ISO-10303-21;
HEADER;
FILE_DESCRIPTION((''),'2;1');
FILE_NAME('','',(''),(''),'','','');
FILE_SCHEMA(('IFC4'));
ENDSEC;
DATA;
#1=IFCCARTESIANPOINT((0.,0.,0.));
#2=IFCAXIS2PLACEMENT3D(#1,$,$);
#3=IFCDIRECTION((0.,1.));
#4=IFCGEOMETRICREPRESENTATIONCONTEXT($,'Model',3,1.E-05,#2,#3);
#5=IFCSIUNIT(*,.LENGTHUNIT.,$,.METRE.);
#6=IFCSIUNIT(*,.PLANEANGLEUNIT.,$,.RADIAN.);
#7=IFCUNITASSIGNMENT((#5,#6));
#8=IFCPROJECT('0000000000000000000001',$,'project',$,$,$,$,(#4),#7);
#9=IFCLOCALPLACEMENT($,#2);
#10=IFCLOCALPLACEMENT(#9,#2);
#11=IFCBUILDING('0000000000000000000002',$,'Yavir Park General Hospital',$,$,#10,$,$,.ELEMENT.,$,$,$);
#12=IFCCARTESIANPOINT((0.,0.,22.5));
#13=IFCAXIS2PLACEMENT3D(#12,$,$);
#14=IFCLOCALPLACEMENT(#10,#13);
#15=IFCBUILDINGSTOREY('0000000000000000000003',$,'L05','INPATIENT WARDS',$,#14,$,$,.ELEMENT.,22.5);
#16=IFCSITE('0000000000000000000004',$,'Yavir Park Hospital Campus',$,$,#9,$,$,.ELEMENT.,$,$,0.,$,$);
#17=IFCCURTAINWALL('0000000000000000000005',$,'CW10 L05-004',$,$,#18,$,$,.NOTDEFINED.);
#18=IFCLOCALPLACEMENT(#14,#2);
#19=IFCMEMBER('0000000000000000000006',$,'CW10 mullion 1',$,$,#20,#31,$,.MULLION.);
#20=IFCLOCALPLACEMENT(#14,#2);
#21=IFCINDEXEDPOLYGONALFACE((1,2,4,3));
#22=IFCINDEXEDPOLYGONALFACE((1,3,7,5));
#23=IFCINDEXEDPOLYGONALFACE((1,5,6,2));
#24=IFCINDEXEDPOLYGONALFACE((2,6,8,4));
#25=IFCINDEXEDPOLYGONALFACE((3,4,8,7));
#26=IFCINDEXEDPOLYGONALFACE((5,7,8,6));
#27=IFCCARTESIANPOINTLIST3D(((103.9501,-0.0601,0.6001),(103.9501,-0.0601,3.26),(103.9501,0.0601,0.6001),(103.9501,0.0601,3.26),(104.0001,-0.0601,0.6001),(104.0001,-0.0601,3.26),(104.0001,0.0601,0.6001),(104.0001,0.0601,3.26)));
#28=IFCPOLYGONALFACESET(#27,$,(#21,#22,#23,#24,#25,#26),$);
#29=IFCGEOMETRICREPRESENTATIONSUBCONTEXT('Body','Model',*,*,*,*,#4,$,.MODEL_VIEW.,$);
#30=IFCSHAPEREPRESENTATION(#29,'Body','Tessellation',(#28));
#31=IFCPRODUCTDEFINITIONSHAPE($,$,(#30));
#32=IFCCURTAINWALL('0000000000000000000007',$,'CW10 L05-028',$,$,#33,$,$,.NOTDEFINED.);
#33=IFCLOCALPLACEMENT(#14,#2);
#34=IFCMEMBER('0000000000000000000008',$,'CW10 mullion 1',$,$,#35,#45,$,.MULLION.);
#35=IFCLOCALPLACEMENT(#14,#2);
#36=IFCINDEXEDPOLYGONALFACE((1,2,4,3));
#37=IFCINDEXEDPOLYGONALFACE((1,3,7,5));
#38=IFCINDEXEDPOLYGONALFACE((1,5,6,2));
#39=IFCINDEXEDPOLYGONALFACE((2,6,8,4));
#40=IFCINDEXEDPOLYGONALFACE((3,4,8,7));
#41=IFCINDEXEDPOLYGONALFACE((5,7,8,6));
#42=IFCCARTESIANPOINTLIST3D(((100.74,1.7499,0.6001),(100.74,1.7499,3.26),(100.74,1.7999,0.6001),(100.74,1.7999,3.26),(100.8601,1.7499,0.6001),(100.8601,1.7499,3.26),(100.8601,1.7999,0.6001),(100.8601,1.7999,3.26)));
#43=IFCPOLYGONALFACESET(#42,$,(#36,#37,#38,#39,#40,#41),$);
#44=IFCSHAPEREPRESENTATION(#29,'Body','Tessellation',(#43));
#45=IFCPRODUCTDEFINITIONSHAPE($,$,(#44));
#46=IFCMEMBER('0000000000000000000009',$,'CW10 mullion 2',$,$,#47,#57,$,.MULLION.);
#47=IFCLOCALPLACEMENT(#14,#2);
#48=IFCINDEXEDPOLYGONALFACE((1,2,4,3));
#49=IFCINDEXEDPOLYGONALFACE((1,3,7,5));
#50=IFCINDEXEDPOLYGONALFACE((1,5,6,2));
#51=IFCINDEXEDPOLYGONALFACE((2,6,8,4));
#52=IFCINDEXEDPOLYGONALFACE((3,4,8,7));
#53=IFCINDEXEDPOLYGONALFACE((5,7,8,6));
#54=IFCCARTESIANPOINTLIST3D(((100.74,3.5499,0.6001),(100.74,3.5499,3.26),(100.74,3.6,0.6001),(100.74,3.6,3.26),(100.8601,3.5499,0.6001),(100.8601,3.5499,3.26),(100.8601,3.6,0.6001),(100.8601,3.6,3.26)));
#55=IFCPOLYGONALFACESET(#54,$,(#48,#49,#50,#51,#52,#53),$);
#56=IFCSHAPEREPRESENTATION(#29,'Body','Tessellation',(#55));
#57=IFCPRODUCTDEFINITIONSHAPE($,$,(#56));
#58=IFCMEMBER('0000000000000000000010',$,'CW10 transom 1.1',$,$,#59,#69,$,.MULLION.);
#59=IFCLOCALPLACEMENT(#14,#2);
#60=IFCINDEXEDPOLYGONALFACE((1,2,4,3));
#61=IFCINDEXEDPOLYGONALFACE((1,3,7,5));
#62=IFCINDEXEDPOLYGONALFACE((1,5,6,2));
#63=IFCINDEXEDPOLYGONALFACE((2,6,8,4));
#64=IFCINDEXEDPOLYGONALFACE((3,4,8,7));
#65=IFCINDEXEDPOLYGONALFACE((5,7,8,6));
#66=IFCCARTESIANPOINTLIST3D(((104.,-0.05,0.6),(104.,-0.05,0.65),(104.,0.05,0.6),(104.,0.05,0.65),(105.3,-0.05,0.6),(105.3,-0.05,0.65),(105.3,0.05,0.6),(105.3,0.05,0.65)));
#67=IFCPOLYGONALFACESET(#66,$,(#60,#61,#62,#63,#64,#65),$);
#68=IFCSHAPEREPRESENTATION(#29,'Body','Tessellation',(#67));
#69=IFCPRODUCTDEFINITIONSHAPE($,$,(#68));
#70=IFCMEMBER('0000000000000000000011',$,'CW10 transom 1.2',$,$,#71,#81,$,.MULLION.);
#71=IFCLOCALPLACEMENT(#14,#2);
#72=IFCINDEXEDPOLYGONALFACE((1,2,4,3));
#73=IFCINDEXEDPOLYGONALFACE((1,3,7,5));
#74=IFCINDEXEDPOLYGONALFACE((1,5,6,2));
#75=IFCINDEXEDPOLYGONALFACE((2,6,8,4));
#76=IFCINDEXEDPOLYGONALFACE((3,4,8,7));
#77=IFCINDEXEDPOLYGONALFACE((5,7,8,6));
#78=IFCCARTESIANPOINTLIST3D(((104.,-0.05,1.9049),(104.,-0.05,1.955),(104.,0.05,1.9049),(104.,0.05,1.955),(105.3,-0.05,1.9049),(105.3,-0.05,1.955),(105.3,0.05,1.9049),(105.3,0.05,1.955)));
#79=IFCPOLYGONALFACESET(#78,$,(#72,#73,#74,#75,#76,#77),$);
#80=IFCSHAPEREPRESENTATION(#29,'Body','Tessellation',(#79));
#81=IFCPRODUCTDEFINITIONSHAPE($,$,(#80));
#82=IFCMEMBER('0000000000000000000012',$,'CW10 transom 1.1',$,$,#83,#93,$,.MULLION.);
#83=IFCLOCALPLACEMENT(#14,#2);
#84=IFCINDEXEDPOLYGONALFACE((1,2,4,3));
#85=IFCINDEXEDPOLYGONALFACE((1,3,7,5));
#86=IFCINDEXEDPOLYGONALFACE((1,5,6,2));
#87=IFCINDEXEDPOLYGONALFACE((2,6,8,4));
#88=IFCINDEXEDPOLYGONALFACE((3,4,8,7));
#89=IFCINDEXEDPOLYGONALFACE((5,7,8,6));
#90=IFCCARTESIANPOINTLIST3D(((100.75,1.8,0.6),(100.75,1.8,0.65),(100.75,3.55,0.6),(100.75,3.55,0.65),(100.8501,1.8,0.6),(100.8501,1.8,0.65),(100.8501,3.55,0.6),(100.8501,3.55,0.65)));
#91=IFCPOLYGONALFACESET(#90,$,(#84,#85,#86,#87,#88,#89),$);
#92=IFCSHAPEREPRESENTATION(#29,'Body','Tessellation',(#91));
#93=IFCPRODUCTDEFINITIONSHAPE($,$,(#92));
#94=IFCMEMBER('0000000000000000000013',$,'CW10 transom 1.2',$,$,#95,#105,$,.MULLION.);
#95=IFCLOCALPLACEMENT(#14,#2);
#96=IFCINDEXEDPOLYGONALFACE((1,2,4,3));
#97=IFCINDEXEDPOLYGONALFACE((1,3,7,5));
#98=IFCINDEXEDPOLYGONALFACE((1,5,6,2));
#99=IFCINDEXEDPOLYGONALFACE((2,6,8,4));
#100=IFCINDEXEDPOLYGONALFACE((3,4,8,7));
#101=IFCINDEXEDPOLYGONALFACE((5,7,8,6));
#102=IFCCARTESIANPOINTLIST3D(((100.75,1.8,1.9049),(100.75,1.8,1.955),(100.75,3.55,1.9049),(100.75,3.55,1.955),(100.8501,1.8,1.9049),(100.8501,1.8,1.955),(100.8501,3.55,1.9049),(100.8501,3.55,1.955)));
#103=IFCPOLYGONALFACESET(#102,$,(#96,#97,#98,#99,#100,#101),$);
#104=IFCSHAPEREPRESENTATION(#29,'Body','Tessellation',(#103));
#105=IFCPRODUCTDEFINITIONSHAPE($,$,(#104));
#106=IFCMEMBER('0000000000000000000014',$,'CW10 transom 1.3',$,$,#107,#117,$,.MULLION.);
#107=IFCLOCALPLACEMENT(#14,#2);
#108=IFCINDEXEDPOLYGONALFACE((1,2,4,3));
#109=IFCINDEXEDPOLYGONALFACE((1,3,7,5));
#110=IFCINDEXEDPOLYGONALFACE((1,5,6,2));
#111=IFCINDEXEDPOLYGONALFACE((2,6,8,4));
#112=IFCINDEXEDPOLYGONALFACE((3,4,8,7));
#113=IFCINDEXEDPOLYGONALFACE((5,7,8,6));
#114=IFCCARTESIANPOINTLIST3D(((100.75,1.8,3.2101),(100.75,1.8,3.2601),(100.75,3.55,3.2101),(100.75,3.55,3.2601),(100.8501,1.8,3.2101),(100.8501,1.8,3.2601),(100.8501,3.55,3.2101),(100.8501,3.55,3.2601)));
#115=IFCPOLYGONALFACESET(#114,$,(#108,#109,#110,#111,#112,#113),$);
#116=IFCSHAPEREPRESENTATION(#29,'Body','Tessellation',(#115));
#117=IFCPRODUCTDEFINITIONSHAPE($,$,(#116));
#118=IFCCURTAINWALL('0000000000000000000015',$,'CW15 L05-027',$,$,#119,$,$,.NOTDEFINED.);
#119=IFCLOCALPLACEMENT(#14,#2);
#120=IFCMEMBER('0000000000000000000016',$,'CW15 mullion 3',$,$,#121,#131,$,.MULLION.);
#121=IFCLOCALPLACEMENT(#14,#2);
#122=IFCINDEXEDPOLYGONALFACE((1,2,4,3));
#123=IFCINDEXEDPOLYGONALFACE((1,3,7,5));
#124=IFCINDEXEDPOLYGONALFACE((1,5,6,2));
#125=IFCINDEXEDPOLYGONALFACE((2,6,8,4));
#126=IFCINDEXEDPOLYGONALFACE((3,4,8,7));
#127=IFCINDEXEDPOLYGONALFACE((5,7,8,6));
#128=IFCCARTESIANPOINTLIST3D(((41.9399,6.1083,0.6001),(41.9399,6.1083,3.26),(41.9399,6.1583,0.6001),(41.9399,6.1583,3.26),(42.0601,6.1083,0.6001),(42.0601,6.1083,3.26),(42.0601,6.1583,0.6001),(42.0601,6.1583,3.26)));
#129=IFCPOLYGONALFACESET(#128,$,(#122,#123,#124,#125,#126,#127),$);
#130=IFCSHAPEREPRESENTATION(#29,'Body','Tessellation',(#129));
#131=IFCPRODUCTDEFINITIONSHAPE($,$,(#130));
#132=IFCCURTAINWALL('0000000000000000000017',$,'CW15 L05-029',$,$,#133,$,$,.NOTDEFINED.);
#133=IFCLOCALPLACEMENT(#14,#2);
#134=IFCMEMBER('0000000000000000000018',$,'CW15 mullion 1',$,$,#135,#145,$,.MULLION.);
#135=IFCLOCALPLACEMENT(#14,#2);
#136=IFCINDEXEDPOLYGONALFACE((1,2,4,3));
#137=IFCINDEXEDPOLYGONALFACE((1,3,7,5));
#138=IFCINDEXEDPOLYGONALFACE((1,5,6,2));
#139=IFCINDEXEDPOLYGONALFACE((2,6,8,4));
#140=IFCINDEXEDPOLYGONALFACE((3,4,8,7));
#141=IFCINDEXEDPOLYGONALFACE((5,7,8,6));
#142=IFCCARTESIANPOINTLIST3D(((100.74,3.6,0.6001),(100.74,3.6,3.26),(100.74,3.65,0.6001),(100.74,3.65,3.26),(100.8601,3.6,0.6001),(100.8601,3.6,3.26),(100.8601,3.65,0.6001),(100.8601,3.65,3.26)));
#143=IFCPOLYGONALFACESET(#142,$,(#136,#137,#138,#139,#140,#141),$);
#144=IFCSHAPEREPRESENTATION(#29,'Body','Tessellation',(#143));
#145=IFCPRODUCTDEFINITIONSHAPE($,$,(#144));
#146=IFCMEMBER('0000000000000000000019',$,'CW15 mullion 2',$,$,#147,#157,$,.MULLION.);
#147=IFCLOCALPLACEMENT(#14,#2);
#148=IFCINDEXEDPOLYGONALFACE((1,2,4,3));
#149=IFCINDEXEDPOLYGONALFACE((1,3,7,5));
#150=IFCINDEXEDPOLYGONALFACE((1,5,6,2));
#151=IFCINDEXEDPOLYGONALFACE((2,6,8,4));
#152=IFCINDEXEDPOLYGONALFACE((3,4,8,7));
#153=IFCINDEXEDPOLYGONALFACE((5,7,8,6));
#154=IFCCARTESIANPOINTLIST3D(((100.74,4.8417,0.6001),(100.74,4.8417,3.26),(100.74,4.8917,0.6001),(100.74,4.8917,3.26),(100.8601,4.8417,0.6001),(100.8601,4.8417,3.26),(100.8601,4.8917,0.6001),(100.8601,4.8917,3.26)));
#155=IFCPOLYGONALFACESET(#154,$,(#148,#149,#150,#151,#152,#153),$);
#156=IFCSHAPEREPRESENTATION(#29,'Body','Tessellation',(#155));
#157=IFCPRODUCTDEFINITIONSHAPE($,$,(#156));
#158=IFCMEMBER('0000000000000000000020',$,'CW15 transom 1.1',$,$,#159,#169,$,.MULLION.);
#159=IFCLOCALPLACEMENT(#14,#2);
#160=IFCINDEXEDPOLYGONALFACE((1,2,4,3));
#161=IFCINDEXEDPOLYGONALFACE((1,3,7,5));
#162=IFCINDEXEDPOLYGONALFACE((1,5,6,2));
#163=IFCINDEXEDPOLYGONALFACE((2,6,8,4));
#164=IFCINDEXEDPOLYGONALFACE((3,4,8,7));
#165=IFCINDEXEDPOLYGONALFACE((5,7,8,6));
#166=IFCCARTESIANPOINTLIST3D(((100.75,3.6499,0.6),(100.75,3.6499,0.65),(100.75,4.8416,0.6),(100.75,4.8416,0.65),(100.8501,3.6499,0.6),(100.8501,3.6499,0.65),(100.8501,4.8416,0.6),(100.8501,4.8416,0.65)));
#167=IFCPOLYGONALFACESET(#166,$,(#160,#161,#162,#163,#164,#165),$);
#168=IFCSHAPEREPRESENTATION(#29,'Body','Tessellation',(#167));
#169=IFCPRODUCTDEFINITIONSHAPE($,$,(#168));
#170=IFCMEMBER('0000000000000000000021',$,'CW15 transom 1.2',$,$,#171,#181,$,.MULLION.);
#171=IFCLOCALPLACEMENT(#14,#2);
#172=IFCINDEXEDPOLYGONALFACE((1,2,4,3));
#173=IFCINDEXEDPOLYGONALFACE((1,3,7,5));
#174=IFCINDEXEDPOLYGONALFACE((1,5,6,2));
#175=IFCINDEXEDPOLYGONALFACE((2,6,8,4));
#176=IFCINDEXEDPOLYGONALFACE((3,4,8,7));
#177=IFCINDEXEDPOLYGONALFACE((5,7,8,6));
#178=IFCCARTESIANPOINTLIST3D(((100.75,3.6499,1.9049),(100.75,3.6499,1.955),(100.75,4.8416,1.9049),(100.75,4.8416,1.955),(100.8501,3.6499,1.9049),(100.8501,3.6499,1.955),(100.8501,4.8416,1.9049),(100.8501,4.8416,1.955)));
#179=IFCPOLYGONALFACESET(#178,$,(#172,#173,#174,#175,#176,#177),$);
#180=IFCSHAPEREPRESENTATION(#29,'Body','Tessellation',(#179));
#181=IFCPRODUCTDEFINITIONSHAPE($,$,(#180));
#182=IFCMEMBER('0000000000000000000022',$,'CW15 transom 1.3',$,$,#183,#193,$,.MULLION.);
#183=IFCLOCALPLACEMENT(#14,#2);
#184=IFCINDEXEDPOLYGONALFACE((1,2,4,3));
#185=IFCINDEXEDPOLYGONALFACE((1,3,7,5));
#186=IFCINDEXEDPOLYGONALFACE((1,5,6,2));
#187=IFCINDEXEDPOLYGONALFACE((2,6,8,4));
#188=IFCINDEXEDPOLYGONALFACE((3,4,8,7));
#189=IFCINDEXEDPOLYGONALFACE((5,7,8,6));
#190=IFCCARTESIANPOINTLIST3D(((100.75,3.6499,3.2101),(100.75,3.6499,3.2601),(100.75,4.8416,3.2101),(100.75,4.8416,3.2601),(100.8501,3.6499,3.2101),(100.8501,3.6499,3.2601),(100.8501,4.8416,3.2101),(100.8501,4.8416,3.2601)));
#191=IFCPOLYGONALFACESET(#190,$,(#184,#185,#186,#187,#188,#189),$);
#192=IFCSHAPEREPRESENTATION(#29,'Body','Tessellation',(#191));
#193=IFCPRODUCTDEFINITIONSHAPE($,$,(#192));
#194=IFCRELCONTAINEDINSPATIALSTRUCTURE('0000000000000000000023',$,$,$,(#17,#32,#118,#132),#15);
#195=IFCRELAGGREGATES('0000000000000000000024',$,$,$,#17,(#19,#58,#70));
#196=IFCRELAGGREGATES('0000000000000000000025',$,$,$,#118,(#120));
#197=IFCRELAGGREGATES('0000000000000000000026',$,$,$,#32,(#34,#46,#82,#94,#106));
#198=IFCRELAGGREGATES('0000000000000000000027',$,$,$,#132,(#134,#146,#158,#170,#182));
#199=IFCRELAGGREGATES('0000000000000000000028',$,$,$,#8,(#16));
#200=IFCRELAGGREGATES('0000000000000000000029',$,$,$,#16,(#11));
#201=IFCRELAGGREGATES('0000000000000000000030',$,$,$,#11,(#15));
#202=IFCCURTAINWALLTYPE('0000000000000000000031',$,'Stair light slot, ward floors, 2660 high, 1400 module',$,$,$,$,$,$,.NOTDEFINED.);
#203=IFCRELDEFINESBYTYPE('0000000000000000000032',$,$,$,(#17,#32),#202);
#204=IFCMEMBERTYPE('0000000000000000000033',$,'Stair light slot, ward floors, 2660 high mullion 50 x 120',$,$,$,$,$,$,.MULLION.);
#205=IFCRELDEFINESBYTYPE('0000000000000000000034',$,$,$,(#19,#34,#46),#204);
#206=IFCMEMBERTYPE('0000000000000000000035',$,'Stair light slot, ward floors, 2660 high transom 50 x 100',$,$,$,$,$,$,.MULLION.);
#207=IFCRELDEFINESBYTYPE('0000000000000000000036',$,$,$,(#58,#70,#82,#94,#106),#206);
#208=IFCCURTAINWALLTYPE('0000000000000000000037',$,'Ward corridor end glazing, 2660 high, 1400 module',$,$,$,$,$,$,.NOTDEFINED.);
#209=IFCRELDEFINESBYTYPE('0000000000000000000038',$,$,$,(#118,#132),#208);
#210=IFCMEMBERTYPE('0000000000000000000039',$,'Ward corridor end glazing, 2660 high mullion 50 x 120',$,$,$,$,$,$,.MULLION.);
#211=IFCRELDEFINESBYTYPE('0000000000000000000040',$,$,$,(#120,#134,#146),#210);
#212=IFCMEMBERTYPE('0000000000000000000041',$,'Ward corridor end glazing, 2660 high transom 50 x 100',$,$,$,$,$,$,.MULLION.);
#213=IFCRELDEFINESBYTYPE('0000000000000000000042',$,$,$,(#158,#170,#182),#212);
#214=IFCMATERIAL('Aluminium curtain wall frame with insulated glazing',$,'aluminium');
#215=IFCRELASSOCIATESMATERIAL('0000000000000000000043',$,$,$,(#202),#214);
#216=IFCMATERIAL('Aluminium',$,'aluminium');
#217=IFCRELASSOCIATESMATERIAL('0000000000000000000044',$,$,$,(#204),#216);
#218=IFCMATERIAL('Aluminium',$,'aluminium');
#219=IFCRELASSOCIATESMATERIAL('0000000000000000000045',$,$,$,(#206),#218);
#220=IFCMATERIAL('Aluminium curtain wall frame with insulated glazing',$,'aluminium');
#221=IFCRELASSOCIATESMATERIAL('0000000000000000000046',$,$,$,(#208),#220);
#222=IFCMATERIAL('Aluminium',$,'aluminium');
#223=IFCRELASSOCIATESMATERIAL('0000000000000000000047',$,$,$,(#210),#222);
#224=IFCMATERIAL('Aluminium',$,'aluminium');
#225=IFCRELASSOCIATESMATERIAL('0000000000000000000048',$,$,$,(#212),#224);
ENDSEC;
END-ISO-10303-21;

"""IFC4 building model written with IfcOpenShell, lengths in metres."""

from ifc_helpers import new_model, si_unit, direction, frame, origin, origin_2d, place, context, subcontext, project, spatial, rectangle, extrude, material, material_profile, profile_set, type_object, element, aggregate, save


model = new_model("IFC4")

# Units and contexts
model_context = context("Model", 3, precision=1e-05, world=origin(), true_north=direction((0.0, 1.0)))
body_context = subcontext(model_context, "Body", "Model", "MODEL_VIEW")
ifc_project = project(units=[si_unit("LENGTHUNIT", "METRE"), si_unit("PLANEANGLEUNIT", "RADIAN")], contexts=[model_context])

# Site, building, storey
site_placement = place(None, origin())
site = spatial("IfcSite", under=ifc_project, at=site_placement, Name="Yavir Park Hospital Campus", CompositionType="ELEMENT", RefElevation=0.0)
building_placement = place(site_placement, origin())
building = spatial("IfcBuilding", under=site, at=building_placement, Name="Yavir Park General Hospital", CompositionType="ELEMENT")
storey_placement = place(building_placement, frame((0.0, 0.0, 22.5)))
storey = spatial("IfcBuildingStorey", under=building, at=storey_placement, Name="L05", Description="INPATIENT WARDS", CompositionType="ELEMENT", Elevation=22.5)

# Curtain wall, member
ifc_material_1 = material(Name="Aluminium curtain wall frame with insulated glazing", Category="aluminium")
curtain_wall_type_1 = type_object("IfcCurtainWallType", Name="Stair light slot, ward floors, 2660 high, 1400 module", PredefinedType="NOTDEFINED", material=ifc_material_1)
curtain_wall_1_placement = place(storey_placement, origin())
curtain_wall_1 = element("IfcCurtainWall", 1, at=curtain_wall_1_placement, inside=storey, type_object=curtain_wall_type_1, Name="CW10 L05-004", PredefinedType="NOTDEFINED")
ifc_material_2 = material(Name="Aluminium", Category="aluminium")
ifc_material_profile_1 = material_profile(ifc_material_2, rectangle(XDim=0.1201, YDim=0.05, at=origin_2d()), Name="AL 50x120")
ifc_profile_set_1 = profile_set([ifc_material_profile_1], Name="Aluminium")
member_type_1 = type_object("IfcMemberType", Name="Stair light slot, ward floors, 2660 high mullion 50 x 120", PredefinedType="MULLION", material=ifc_profile_set_1)
member_1_placement = place(storey_placement, frame((103.9751, 0.0, 0.6001), z_axis=(0.0, 0.0, 1.0), x_axis=(0.0, 1.0, 0.0)))
member_1 = element("IfcMember", 2, at=member_1_placement, type_object=member_type_1, Name="CW10 mullion 1", PredefinedType="MULLION", context=body_context, shape_type="SweptSolid", body=[
    extrude(rectangle(XDim=0.1201, YDim=0.05, at=origin_2d()), origin(), (0.0, 0.0, 1.0), 2.6599),
])

# Curtain wall, members
curtain_wall_2_placement = place(storey_placement, origin())
curtain_wall_2 = element("IfcCurtainWall", 3, at=curtain_wall_2_placement, inside=storey, type_object=curtain_wall_type_1, Name="CW10 L05-028", PredefinedType="NOTDEFINED")
member_2_placement = place(storey_placement, frame((100.8, 1.7749, 0.6001), z_axis=(0.0, 0.0, 1.0), x_axis=(-1.0, 0.0, 0.0)))
member_2 = element("IfcMember", 4, at=member_2_placement, type_object=member_type_1, Name="CW10 mullion 1", PredefinedType="MULLION", context=body_context, shape_type="SweptSolid", body=[
    extrude(rectangle(XDim=0.1201, YDim=0.05, at=origin_2d()), origin(), (0.0, 0.0, 1.0), 2.6599),
])
member_3_placement = place(storey_placement, frame((100.8, 3.575, 0.6001), z_axis=(0.0, 0.0, 1.0), x_axis=(-1.0, 0.0, 0.0)))
member_3 = element("IfcMember", 5, at=member_3_placement, type_object=member_type_1, Name="CW10 mullion 2", PredefinedType="MULLION", context=body_context, shape_type="SweptSolid", body=[
    extrude(rectangle(XDim=0.1201, YDim=0.05, at=origin_2d()), origin(), (0.0, 0.0, 1.0), 2.6599),
])

# Members
ifc_material_3 = material(Name="Aluminium", Category="aluminium")
ifc_material_profile_2 = material_profile(ifc_material_3, rectangle(XDim=0.1001, YDim=0.05, at=origin_2d()), Name="AL 100x50")
ifc_profile_set_2 = profile_set([ifc_material_profile_2], Name="Aluminium")
member_type_2 = type_object("IfcMemberType", Name="Stair light slot, ward floors, 2660 high transom 50 x 100", PredefinedType="MULLION", material=ifc_profile_set_2)
member_4_placement = place(storey_placement, frame((104.0, 0.0, 0.625), z_axis=(1.0, 0.0, 0.0), x_axis=(0.0, 1.0, 0.0)))
member_4 = element("IfcMember", 6, at=member_4_placement, type_object=member_type_2, Name="CW10 transom 1.1", PredefinedType="MULLION", context=body_context, shape_type="SweptSolid", body=[
    extrude(rectangle(XDim=0.1001, YDim=0.05, at=origin_2d()), origin(), (0.0, 0.0, 1.0), 1.3),
])
member_5_placement = place(storey_placement, frame((104.0, 0.0, 1.9299), z_axis=(1.0, 0.0, 0.0), x_axis=(0.0, 1.0, 0.0)))
member_5 = element("IfcMember", 7, at=member_5_placement, type_object=member_type_2, Name="CW10 transom 1.2", PredefinedType="MULLION", context=body_context, shape_type="SweptSolid", body=[
    extrude(rectangle(XDim=0.1001, YDim=0.05, at=origin_2d()), origin(), (0.0, 0.0, 1.0), 1.3),
])
aggregate(curtain_wall_1, [member_1, member_4, member_5])
member_6_placement = place(storey_placement, frame((100.8, 1.8, 0.625), z_axis=(0.0, 1.0, 0.0), x_axis=(-1.0, 0.0, 0.0)))
member_6 = element("IfcMember", 8, at=member_6_placement, type_object=member_type_2, Name="CW10 transom 1.1", PredefinedType="MULLION", context=body_context, shape_type="SweptSolid", body=[
    extrude(rectangle(XDim=0.1001, YDim=0.05, at=origin_2d()), origin(), (0.0, 0.0, 1.0), 1.75),
])
member_7_placement = place(storey_placement, frame((100.8, 1.8, 1.9299), z_axis=(0.0, 1.0, 0.0), x_axis=(-1.0, 0.0, 0.0)))
member_7 = element("IfcMember", 9, at=member_7_placement, type_object=member_type_2, Name="CW10 transom 1.2", PredefinedType="MULLION", context=body_context, shape_type="SweptSolid", body=[
    extrude(rectangle(XDim=0.1001, YDim=0.05, at=origin_2d()), origin(), (0.0, 0.0, 1.0), 1.75),
])
member_8_placement = place(storey_placement, frame((100.8, 1.8, 3.2351), z_axis=(0.0, 1.0, 0.0), x_axis=(-1.0, 0.0, 0.0)))
member_8 = element("IfcMember", 10, at=member_8_placement, type_object=member_type_2, Name="CW10 transom 1.3", PredefinedType="MULLION", context=body_context, shape_type="SweptSolid", body=[
    extrude(rectangle(XDim=0.1001, YDim=0.05, at=origin_2d()), origin(), (0.0, 0.0, 1.0), 1.75),
])

# Curtain wall, member
ifc_material_4 = material(Name="Aluminium curtain wall frame with insulated glazing", Category="aluminium")
curtain_wall_type_2 = type_object("IfcCurtainWallType", Name="Ward corridor end glazing, 2660 high, 1400 module", PredefinedType="NOTDEFINED", material=ifc_material_4)
curtain_wall_3_placement = place(storey_placement, origin())
curtain_wall_3 = element("IfcCurtainWall", 11, at=curtain_wall_3_placement, inside=storey, type_object=curtain_wall_type_2, Name="CW15 L05-027", PredefinedType="NOTDEFINED")
ifc_material_5 = material(Name="Aluminium", Category="aluminium")
ifc_material_profile_3 = material_profile(ifc_material_5, rectangle(XDim=0.1201, YDim=0.05, at=origin_2d()), Name="AL 50x120")
ifc_profile_set_3 = profile_set([ifc_material_profile_3], Name="Aluminium")
member_type_3 = type_object("IfcMemberType", Name="Ward corridor end glazing, 2660 high mullion 50 x 120", PredefinedType="MULLION", material=ifc_profile_set_3)
member_9_placement = place(storey_placement, frame((42.0, 6.1333, 0.6001), z_axis=(0.0, 0.0, 1.0), x_axis=(-1.0, 0.0, 0.0)))
member_9 = element("IfcMember", 12, at=member_9_placement, type_object=member_type_3, Name="CW15 mullion 3", PredefinedType="MULLION", context=body_context, shape_type="SweptSolid", body=[
    extrude(rectangle(XDim=0.1201, YDim=0.05, at=origin_2d()), origin(), (0.0, 0.0, 1.0), 2.6599),
])
aggregate(curtain_wall_3, [member_9])

# Curtain wall, members
curtain_wall_4_placement = place(storey_placement, origin())
curtain_wall_4 = element("IfcCurtainWall", 13, at=curtain_wall_4_placement, inside=storey, type_object=curtain_wall_type_2, Name="CW15 L05-029", PredefinedType="NOTDEFINED")
member_10_placement = place(storey_placement, frame((100.8, 3.625, 0.6001), z_axis=(0.0, 0.0, 1.0), x_axis=(-1.0, 0.0, 0.0)))
member_10 = element("IfcMember", 14, at=member_10_placement, type_object=member_type_3, Name="CW15 mullion 1", PredefinedType="MULLION", context=body_context, shape_type="SweptSolid", body=[
    extrude(rectangle(XDim=0.1201, YDim=0.05, at=origin_2d()), origin(), (0.0, 0.0, 1.0), 2.6599),
])
member_11_placement = place(storey_placement, frame((100.8, 4.8667, 0.6001), z_axis=(0.0, 0.0, 1.0), x_axis=(-1.0, 0.0, 0.0)))
member_11 = element("IfcMember", 15, at=member_11_placement, type_object=member_type_3, Name="CW15 mullion 2", PredefinedType="MULLION", context=body_context, shape_type="SweptSolid", body=[
    extrude(rectangle(XDim=0.1201, YDim=0.05, at=origin_2d()), origin(), (0.0, 0.0, 1.0), 2.6599),
])
ifc_material_6 = material(Name="Aluminium", Category="aluminium")
ifc_material_profile_4 = material_profile(ifc_material_6, rectangle(XDim=0.1001, YDim=0.05, at=origin_2d()), Name="AL 100x50")
ifc_profile_set_4 = profile_set([ifc_material_profile_4], Name="Aluminium")
member_type_4 = type_object("IfcMemberType", Name="Ward corridor end glazing, 2660 high transom 50 x 100", PredefinedType="MULLION", material=ifc_profile_set_4)
member_12_placement = place(storey_placement, frame((100.8, 3.6499, 0.625), z_axis=(0.0, 1.0, 0.0), x_axis=(-1.0, 0.0, 0.0)))
member_12 = element("IfcMember", 16, at=member_12_placement, type_object=member_type_4, Name="CW15 transom 1.1", PredefinedType="MULLION", context=body_context, shape_type="SweptSolid", body=[
    extrude(rectangle(XDim=0.1001, YDim=0.05, at=origin_2d()), origin(), (0.0, 0.0, 1.0), 1.1917),
])
member_13_placement = place(storey_placement, frame((100.8, 3.6499, 1.9299), z_axis=(0.0, 1.0, 0.0), x_axis=(-1.0, 0.0, 0.0)))
member_13 = element("IfcMember", 17, at=member_13_placement, type_object=member_type_4, Name="CW15 transom 1.2", PredefinedType="MULLION", context=body_context, shape_type="SweptSolid", body=[
    extrude(rectangle(XDim=0.1001, YDim=0.05, at=origin_2d()), origin(), (0.0, 0.0, 1.0), 1.1917),
])
member_14_placement = place(storey_placement, frame((100.8, 3.6499, 3.2351), z_axis=(0.0, 1.0, 0.0), x_axis=(-1.0, 0.0, 0.0)))
member_14 = element("IfcMember", 18, at=member_14_placement, type_object=member_type_4, Name="CW15 transom 1.3", PredefinedType="MULLION", context=body_context, shape_type="SweptSolid", body=[
    extrude(rectangle(XDim=0.1001, YDim=0.05, at=origin_2d()), origin(), (0.0, 0.0, 1.0), 1.1917),
])

aggregate(curtain_wall_2, [member_2, member_3, member_6, member_7, member_8])
aggregate(curtain_wall_4, [member_10, member_11, member_12, member_13, member_14])

save(model, "model.ifc")
